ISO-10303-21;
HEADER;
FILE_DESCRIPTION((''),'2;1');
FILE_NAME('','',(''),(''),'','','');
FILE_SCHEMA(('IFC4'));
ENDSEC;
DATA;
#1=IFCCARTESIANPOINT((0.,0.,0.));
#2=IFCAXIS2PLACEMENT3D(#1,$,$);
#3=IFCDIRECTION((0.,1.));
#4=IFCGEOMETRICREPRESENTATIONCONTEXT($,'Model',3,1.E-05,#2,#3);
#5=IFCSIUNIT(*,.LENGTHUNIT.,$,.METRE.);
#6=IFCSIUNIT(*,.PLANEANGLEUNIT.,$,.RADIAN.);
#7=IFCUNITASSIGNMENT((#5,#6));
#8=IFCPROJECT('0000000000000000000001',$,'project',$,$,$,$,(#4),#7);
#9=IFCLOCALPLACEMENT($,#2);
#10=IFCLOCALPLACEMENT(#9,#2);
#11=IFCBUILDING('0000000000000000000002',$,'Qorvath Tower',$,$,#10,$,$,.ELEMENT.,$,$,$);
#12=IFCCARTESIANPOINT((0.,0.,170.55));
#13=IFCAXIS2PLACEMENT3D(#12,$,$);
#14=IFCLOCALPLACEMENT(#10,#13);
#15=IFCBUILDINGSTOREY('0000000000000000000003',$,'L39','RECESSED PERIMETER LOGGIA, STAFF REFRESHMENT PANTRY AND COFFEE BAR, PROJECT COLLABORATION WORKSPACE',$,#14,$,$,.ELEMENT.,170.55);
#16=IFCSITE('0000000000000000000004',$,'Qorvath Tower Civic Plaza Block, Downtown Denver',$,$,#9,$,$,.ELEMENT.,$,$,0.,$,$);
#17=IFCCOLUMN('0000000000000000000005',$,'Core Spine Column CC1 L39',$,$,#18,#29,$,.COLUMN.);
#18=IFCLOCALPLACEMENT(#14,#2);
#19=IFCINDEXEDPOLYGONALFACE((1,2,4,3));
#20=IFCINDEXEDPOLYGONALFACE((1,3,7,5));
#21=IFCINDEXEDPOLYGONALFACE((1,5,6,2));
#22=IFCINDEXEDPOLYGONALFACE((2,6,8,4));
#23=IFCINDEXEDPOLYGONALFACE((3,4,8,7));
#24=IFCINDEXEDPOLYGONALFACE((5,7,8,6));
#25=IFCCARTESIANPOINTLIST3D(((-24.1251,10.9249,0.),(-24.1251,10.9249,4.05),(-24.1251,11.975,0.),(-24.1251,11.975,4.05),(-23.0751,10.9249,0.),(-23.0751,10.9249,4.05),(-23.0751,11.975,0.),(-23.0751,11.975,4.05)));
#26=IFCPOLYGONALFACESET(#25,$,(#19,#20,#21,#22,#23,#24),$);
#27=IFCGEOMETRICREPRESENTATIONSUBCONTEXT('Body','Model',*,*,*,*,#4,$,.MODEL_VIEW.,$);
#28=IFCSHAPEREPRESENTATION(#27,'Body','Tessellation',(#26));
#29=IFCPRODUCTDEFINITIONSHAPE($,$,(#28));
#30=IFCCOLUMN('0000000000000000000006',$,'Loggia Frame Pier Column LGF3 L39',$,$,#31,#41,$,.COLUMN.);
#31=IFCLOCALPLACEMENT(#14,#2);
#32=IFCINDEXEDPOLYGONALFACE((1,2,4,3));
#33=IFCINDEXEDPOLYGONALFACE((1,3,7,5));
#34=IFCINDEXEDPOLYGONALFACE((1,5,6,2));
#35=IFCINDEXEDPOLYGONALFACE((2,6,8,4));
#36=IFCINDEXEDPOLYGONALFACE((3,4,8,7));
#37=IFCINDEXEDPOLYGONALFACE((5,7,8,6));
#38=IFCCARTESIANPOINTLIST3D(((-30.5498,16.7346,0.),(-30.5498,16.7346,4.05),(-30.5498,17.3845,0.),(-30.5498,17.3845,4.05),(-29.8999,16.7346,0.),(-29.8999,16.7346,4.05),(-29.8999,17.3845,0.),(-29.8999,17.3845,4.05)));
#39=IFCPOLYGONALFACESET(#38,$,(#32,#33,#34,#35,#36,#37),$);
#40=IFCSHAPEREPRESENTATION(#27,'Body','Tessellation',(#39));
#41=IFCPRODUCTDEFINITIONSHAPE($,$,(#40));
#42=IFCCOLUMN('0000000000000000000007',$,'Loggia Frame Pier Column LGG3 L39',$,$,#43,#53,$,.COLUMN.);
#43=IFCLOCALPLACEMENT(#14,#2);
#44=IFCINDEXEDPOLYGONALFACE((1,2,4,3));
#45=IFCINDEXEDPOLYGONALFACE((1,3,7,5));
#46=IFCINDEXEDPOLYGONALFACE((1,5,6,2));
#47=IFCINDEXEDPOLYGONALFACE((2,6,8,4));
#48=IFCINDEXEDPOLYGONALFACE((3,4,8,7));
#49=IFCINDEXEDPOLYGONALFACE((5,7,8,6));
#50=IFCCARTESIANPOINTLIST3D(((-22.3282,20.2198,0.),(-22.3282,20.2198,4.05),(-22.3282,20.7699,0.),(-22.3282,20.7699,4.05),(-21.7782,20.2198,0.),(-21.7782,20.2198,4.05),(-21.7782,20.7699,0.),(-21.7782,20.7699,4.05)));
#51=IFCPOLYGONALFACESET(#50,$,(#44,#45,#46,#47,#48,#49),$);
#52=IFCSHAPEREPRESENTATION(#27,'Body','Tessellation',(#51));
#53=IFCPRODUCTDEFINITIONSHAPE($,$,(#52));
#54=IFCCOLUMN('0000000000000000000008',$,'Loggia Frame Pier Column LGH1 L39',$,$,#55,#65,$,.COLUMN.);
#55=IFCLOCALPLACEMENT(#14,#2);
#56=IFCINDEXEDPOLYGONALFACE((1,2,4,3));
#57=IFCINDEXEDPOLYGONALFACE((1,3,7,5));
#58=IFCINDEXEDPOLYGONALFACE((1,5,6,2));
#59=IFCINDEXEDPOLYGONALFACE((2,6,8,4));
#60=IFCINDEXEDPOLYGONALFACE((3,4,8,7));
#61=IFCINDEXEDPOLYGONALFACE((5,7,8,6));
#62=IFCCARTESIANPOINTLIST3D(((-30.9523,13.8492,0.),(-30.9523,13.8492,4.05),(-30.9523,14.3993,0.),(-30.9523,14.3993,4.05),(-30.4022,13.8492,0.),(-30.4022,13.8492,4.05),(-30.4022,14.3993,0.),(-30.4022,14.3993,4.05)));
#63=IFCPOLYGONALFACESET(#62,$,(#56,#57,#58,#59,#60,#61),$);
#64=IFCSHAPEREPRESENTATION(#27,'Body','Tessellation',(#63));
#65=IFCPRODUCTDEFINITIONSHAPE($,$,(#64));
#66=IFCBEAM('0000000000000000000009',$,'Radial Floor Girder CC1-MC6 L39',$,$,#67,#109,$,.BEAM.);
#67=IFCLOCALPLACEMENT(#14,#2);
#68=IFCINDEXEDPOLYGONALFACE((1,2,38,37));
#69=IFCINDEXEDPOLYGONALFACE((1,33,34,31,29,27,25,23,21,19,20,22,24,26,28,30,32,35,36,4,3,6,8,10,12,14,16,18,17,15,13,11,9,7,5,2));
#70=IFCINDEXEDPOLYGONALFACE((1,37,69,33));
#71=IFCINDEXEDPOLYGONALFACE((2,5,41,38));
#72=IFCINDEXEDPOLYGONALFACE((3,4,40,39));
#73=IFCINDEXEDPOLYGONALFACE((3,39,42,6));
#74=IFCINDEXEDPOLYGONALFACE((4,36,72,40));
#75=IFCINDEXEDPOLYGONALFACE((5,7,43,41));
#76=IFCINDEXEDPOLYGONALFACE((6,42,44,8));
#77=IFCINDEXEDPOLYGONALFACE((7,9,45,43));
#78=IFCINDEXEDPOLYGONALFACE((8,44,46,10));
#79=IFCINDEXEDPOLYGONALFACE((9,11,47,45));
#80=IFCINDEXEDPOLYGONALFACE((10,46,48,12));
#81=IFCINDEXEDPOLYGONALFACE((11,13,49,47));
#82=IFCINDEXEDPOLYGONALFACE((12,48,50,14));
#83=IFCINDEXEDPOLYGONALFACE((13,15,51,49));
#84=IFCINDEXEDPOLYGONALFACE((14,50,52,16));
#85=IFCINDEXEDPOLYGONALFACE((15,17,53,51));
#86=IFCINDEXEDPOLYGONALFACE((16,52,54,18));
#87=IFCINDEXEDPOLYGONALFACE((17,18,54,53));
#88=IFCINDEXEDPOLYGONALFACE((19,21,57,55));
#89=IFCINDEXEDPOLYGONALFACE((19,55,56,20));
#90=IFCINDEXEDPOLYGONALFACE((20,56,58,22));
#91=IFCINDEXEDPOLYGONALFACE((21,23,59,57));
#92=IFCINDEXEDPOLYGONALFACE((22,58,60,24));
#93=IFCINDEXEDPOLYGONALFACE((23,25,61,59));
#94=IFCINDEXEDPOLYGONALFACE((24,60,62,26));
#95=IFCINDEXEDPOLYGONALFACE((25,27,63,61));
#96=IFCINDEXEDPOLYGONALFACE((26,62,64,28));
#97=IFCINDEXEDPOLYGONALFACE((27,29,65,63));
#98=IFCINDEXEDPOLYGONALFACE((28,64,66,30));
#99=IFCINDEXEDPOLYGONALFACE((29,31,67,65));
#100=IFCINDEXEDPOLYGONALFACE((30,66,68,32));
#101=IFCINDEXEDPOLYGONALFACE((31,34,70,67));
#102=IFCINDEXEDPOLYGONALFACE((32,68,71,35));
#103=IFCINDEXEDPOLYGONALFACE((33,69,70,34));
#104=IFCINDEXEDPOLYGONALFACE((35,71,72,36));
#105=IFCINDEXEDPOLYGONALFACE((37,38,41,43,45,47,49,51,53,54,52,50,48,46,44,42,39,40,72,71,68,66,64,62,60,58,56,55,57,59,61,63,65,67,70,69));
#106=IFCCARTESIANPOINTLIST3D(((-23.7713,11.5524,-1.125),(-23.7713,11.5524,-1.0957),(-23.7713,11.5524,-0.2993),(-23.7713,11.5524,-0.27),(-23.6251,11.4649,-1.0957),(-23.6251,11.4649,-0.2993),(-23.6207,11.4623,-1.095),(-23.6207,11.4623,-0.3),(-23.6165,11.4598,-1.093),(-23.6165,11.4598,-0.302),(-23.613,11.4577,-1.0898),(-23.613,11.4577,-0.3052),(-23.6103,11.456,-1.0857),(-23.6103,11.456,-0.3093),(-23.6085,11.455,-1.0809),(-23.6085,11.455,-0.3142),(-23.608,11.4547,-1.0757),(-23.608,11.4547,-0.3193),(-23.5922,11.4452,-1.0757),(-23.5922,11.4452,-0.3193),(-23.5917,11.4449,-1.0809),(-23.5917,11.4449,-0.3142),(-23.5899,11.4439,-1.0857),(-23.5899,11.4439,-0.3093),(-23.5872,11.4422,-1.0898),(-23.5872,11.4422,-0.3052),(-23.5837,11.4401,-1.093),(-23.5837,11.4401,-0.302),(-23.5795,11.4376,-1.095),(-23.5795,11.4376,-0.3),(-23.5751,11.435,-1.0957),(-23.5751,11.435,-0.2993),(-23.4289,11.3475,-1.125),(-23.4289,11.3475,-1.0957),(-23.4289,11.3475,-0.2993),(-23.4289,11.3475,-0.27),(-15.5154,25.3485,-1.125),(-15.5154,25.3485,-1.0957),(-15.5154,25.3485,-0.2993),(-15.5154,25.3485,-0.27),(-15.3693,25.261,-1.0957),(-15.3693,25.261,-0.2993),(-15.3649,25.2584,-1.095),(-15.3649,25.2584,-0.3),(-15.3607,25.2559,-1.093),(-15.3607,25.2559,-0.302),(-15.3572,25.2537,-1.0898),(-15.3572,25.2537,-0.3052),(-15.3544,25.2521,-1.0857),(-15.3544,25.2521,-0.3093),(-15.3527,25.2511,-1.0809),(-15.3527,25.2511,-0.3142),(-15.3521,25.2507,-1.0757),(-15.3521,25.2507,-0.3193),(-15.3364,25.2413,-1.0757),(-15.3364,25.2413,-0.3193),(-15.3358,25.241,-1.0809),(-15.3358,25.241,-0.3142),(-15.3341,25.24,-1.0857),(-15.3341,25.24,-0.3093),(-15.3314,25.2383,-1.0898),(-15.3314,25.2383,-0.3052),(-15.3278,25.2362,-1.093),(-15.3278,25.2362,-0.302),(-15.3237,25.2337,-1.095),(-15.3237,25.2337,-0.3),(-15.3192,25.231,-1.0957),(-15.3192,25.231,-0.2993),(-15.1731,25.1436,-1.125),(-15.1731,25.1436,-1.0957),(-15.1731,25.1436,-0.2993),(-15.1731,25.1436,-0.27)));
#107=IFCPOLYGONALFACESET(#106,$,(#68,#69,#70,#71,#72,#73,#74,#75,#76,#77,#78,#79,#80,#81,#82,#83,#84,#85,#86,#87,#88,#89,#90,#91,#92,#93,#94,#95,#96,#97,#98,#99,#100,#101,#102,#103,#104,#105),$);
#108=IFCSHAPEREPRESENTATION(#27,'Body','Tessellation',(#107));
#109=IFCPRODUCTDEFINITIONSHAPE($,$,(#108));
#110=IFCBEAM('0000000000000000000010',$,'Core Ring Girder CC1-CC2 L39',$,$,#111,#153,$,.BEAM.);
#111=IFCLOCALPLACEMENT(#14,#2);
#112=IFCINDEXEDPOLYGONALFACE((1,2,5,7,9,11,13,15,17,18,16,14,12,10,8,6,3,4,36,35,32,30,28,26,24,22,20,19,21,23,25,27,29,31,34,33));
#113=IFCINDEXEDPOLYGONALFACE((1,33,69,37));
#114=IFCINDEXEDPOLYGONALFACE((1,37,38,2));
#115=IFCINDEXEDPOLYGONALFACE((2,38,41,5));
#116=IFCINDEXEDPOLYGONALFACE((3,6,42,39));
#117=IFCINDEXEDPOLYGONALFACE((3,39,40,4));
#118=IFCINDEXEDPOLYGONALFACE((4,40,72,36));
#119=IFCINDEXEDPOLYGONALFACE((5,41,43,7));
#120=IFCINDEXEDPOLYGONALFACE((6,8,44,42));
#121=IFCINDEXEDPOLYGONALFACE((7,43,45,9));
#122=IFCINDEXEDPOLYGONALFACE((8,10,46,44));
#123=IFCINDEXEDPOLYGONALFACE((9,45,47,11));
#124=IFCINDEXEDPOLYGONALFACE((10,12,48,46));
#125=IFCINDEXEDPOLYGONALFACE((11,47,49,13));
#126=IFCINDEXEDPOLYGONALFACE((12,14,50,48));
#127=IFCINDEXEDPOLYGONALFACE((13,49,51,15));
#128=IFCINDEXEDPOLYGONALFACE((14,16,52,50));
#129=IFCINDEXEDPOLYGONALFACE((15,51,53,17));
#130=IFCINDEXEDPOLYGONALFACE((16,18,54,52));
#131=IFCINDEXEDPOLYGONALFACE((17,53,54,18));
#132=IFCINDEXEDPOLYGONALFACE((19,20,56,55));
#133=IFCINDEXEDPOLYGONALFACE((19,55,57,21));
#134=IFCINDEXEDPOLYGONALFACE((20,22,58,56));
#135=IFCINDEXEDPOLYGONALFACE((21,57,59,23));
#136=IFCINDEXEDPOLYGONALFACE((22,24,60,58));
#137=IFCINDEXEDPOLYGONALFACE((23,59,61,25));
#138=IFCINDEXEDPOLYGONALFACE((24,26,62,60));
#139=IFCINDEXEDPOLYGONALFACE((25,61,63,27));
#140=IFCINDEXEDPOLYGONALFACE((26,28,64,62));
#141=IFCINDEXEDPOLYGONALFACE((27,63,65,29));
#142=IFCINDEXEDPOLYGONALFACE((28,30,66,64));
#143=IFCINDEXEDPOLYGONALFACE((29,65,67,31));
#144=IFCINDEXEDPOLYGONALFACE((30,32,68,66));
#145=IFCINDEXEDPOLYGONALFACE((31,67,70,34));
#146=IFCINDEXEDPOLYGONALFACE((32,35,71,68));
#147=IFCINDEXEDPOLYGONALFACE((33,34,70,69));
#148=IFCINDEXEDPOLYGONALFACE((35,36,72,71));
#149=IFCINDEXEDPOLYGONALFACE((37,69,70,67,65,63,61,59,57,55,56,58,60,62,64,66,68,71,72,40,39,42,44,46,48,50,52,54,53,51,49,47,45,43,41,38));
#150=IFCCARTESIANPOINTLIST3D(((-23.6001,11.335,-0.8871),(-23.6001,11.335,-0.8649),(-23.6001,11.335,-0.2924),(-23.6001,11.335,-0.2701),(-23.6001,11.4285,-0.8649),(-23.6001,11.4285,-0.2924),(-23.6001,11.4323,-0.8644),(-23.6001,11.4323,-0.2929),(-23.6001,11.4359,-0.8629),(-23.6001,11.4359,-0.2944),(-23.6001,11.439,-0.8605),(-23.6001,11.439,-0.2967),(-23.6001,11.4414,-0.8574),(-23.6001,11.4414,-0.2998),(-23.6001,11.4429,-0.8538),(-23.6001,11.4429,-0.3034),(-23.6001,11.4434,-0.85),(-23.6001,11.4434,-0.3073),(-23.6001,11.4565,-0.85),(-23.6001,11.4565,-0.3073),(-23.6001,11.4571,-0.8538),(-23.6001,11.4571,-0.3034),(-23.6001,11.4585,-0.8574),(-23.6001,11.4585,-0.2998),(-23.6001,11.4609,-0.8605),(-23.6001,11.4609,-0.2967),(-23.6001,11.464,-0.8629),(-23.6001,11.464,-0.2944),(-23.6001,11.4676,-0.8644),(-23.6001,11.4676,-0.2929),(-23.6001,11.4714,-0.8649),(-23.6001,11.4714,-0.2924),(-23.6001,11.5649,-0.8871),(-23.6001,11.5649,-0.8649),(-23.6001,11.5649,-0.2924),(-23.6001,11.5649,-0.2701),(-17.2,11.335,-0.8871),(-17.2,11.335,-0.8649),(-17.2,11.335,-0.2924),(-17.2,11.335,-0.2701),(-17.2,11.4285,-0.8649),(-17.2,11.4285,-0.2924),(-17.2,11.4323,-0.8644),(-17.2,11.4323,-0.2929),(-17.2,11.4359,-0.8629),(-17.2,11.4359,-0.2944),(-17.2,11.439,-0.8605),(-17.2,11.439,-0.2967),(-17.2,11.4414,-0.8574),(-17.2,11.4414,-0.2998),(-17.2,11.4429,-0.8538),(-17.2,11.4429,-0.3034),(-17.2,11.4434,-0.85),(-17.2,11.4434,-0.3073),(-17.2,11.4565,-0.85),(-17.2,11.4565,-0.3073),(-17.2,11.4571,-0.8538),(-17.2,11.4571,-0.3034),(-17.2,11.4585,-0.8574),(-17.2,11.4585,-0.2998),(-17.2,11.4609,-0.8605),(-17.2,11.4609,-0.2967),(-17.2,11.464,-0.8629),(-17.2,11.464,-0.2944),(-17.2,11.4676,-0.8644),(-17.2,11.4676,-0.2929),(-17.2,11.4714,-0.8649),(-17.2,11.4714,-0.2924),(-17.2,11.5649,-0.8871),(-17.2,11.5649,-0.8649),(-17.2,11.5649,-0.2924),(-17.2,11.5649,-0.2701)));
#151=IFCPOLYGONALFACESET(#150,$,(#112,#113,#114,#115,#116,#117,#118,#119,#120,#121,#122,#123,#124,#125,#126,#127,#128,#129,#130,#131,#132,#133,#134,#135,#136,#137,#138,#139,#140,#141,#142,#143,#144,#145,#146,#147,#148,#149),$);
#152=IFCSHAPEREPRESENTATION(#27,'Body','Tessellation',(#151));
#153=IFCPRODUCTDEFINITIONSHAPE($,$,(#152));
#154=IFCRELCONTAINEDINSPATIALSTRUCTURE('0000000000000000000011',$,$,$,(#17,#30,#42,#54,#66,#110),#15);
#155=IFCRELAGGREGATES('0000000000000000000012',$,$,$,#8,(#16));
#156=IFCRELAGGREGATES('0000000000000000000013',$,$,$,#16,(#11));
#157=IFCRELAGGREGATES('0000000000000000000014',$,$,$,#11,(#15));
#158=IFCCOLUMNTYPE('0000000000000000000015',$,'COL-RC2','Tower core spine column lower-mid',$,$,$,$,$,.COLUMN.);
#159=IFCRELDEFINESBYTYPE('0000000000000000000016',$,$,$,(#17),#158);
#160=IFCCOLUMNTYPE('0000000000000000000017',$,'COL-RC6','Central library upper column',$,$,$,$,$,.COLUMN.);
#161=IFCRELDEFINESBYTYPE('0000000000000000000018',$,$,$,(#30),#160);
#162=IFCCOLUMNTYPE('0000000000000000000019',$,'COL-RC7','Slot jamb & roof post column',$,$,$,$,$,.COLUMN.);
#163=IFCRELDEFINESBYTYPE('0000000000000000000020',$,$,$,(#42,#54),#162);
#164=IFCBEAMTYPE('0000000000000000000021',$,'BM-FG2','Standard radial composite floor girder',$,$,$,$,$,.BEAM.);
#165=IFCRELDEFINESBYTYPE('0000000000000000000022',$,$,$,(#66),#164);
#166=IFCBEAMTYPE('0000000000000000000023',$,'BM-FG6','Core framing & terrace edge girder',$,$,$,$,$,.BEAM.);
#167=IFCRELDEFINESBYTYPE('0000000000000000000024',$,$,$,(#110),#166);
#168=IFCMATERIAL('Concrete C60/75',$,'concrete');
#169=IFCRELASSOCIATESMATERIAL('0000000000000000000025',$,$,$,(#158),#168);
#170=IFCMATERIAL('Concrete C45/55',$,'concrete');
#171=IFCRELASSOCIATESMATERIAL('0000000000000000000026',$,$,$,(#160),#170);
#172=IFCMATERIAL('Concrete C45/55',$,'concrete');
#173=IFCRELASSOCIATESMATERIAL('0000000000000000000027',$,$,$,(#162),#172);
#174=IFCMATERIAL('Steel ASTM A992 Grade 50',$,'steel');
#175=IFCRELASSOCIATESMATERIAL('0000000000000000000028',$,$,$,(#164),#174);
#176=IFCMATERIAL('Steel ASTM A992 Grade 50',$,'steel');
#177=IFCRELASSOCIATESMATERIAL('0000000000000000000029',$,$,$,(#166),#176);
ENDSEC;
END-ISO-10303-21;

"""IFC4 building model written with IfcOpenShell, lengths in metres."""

from ifc_helpers import new_model, si_unit, direction, frame, origin, origin_2d, place, context, subcontext, project, spatial, rectangle, i_section, extrude, material, material_profile, profile_set, type_object, element, save


model = new_model("IFC4")

# Units and contexts
model_context = context("Model", 3, precision=1e-05, world=origin(), true_north=direction((0.0, 1.0)))
body_context = subcontext(model_context, "Body", "Model", "MODEL_VIEW")
ifc_project = project(units=[si_unit("LENGTHUNIT", "METRE"), si_unit("PLANEANGLEUNIT", "RADIAN")], contexts=[model_context])

# Site, building, storey
site_placement = place(None, origin())
site = spatial("IfcSite", under=ifc_project, at=site_placement, Name="Qorvath Tower Civic Plaza Block, Downtown Denver", CompositionType="ELEMENT", RefElevation=0.0)
building_placement = place(site_placement, origin())
building = spatial("IfcBuilding", under=site, at=building_placement, Name="Qorvath Tower", CompositionType="ELEMENT")
storey_placement = place(building_placement, frame((0.0, 0.0, 170.55)))
storey = spatial("IfcBuildingStorey", under=building, at=storey_placement, Name="L39", Description="RECESSED PERIMETER LOGGIA, STAFF REFRESHMENT PANTRY AND COFFEE BAR, PROJECT COLLABORATION WORKSPACE", CompositionType="ELEMENT", Elevation=170.55)

# Columns
ifc_material_1 = material(Name="Concrete C60/75", Category="concrete")
ifc_material_profile_1 = material_profile(ifc_material_1, rectangle(XDim=1.05, YDim=1.05, at=origin_2d()), Name="RC 1050x1050")
ifc_profile_set_1 = profile_set([ifc_material_profile_1], Name="Concrete C60/75")
column_type_1 = type_object("IfcColumnType", Name="COL-RC2", Description="Tower core spine column lower-mid", PredefinedType="COLUMN", material=ifc_profile_set_1)
column_1_placement = place(storey_placement, frame((-23.6001, 11.45, 0.0), z_axis=(0.0, 0.0, 1.0), x_axis=(1.0, 0.0, 0.0)))
element("IfcColumn", 1, at=column_1_placement, inside=storey, type_object=column_type_1, Name="Core Spine Column CC1 L39", PredefinedType="COLUMN", context=body_context, shape_type="SweptSolid", body=[
    extrude(rectangle(XDim=1.05, YDim=1.05, at=origin_2d()), origin(), (0.0, 0.0, 1.0), 4.05),
])
ifc_material_2 = material(Name="Concrete C45/55", Category="concrete")
ifc_material_profile_2 = material_profile(ifc_material_2, rectangle(XDim=0.6499, YDim=0.6499, at=origin_2d()), Name="RC 650x650")
ifc_profile_set_2 = profile_set([ifc_material_profile_2], Name="Concrete C45/55")
column_type_2 = type_object("IfcColumnType", Name="COL-RC6", Description="Central library upper column", PredefinedType="COLUMN", material=ifc_profile_set_2)
column_2_placement = place(storey_placement, frame((-30.2249, 17.0596, 0.0), z_axis=(0.0, 0.0, 1.0), x_axis=(1.0, 0.0, 0.0)))
element("IfcColumn", 2, at=column_2_placement, inside=storey, type_object=column_type_2, Name="Loggia Frame Pier Column LGF3 L39", PredefinedType="COLUMN", context=body_context, shape_type="SweptSolid", body=[
    extrude(rectangle(XDim=0.6499, YDim=0.6499, at=origin_2d()), origin(), (0.0, 0.0, 1.0), 4.05),
])
ifc_material_3 = material(Name="Concrete C45/55", Category="concrete")
ifc_material_profile_3 = material_profile(ifc_material_3, rectangle(XDim=0.55, YDim=0.55, at=origin_2d()), Name="RC 550x550")
ifc_profile_set_3 = profile_set([ifc_material_profile_3], Name="Concrete C45/55")
column_type_3 = type_object("IfcColumnType", Name="COL-RC7", Description="Slot jamb & roof post column", PredefinedType="COLUMN", material=ifc_profile_set_3)
for number, where, z_axis, x_axis, name in (
    (3, (-22.0532, 20.4949, 0.0), (0.0, 0.0, 1.0), (1.0, 0.0, 0.0), "Loggia Frame Pier Column LGG3 L39"),
    (4, (-30.6772, 14.1243, 0.0), (0.0, 0.0, 1.0), (1.0, 0.0, 0.0), "Loggia Frame Pier Column LGH1 L39"),
):
    element("IfcColumn", number, at=place(storey_placement, frame(where, z_axis=z_axis, x_axis=x_axis)), inside=storey, type_object=column_type_3, Name=name, PredefinedType="COLUMN", context=body_context, shape_type="SweptSolid", body=[
        extrude(rectangle(XDim=0.55, YDim=0.55, at=origin_2d()), origin(), (0.0, 0.0, 1.0), 4.05),
    ])

# Beams
ifc_material_4 = material(Name="Steel ASTM A992 Grade 50", Category="steel")
ifc_material_profile_4 = material_profile(ifc_material_4, i_section(OverallWidth=0.3989, OverallDepth=0.855, WebThickness=0.0183, FlangeThickness=0.0293, FilletRadius=0.02, at=origin_2d()), Name="W33x201")
ifc_profile_set_4 = profile_set([ifc_material_profile_4], Name="Steel ASTM A992 Grade 50")
beam_type_1 = type_object("IfcBeamType", Name="BM-FG2", Description="Standard radial composite floor girder", PredefinedType="BEAM", material=ifc_profile_set_4)
beam_1_placement = place(storey_placement, frame((-23.6001, 11.45, -0.6975), z_axis=(0.513497, 0.858091, 0.0), x_axis=(-0.858091, 0.513497, 0.0)))
element("IfcBeam", 5, at=beam_1_placement, inside=storey, type_object=beam_type_1, Name="Radial Floor Girder CC1-MC6 L39", PredefinedType="BEAM", context=body_context, shape_type="SweptSolid", body=[
    extrude(i_section(OverallWidth=0.3989, OverallDepth=0.855, WebThickness=0.0183, FlangeThickness=0.0293, FilletRadius=0.02, at=origin_2d()), origin(), (0.0, 0.0, 1.0), 16.0776),
])
ifc_material_5 = material(Name="Steel ASTM A992 Grade 50", Category="steel")
ifc_material_profile_5 = material_profile(ifc_material_5, i_section(OverallWidth=0.23, OverallDepth=0.6169, WebThickness=0.0132, FlangeThickness=0.0222, FilletRadius=0.0149, at=origin_2d()), Name="W24x94")
ifc_profile_set_5 = profile_set([ifc_material_profile_5], Name="Steel ASTM A992 Grade 50")
beam_type_2 = type_object("IfcBeamType", Name="BM-FG6", Description="Core framing & terrace edge girder", PredefinedType="BEAM", material=ifc_profile_set_5)
beam_2_placement = place(storey_placement, frame((-23.6001, 11.45, -0.5786), z_axis=(1.0, 0.0, 0.0), x_axis=(0.0, 1.0, 0.0)))
element("IfcBeam", 6, at=beam_2_placement, inside=storey, type_object=beam_type_2, Name="Core Ring Girder CC1-CC2 L39", PredefinedType="BEAM", context=body_context, shape_type="SweptSolid", body=[
    extrude(i_section(OverallWidth=0.23, OverallDepth=0.6169, WebThickness=0.0132, FlangeThickness=0.0222, FilletRadius=0.0149, at=origin_2d()), origin(), (0.0, 0.0, 1.0), 6.4001),
])

save(model, "model.ifc")
